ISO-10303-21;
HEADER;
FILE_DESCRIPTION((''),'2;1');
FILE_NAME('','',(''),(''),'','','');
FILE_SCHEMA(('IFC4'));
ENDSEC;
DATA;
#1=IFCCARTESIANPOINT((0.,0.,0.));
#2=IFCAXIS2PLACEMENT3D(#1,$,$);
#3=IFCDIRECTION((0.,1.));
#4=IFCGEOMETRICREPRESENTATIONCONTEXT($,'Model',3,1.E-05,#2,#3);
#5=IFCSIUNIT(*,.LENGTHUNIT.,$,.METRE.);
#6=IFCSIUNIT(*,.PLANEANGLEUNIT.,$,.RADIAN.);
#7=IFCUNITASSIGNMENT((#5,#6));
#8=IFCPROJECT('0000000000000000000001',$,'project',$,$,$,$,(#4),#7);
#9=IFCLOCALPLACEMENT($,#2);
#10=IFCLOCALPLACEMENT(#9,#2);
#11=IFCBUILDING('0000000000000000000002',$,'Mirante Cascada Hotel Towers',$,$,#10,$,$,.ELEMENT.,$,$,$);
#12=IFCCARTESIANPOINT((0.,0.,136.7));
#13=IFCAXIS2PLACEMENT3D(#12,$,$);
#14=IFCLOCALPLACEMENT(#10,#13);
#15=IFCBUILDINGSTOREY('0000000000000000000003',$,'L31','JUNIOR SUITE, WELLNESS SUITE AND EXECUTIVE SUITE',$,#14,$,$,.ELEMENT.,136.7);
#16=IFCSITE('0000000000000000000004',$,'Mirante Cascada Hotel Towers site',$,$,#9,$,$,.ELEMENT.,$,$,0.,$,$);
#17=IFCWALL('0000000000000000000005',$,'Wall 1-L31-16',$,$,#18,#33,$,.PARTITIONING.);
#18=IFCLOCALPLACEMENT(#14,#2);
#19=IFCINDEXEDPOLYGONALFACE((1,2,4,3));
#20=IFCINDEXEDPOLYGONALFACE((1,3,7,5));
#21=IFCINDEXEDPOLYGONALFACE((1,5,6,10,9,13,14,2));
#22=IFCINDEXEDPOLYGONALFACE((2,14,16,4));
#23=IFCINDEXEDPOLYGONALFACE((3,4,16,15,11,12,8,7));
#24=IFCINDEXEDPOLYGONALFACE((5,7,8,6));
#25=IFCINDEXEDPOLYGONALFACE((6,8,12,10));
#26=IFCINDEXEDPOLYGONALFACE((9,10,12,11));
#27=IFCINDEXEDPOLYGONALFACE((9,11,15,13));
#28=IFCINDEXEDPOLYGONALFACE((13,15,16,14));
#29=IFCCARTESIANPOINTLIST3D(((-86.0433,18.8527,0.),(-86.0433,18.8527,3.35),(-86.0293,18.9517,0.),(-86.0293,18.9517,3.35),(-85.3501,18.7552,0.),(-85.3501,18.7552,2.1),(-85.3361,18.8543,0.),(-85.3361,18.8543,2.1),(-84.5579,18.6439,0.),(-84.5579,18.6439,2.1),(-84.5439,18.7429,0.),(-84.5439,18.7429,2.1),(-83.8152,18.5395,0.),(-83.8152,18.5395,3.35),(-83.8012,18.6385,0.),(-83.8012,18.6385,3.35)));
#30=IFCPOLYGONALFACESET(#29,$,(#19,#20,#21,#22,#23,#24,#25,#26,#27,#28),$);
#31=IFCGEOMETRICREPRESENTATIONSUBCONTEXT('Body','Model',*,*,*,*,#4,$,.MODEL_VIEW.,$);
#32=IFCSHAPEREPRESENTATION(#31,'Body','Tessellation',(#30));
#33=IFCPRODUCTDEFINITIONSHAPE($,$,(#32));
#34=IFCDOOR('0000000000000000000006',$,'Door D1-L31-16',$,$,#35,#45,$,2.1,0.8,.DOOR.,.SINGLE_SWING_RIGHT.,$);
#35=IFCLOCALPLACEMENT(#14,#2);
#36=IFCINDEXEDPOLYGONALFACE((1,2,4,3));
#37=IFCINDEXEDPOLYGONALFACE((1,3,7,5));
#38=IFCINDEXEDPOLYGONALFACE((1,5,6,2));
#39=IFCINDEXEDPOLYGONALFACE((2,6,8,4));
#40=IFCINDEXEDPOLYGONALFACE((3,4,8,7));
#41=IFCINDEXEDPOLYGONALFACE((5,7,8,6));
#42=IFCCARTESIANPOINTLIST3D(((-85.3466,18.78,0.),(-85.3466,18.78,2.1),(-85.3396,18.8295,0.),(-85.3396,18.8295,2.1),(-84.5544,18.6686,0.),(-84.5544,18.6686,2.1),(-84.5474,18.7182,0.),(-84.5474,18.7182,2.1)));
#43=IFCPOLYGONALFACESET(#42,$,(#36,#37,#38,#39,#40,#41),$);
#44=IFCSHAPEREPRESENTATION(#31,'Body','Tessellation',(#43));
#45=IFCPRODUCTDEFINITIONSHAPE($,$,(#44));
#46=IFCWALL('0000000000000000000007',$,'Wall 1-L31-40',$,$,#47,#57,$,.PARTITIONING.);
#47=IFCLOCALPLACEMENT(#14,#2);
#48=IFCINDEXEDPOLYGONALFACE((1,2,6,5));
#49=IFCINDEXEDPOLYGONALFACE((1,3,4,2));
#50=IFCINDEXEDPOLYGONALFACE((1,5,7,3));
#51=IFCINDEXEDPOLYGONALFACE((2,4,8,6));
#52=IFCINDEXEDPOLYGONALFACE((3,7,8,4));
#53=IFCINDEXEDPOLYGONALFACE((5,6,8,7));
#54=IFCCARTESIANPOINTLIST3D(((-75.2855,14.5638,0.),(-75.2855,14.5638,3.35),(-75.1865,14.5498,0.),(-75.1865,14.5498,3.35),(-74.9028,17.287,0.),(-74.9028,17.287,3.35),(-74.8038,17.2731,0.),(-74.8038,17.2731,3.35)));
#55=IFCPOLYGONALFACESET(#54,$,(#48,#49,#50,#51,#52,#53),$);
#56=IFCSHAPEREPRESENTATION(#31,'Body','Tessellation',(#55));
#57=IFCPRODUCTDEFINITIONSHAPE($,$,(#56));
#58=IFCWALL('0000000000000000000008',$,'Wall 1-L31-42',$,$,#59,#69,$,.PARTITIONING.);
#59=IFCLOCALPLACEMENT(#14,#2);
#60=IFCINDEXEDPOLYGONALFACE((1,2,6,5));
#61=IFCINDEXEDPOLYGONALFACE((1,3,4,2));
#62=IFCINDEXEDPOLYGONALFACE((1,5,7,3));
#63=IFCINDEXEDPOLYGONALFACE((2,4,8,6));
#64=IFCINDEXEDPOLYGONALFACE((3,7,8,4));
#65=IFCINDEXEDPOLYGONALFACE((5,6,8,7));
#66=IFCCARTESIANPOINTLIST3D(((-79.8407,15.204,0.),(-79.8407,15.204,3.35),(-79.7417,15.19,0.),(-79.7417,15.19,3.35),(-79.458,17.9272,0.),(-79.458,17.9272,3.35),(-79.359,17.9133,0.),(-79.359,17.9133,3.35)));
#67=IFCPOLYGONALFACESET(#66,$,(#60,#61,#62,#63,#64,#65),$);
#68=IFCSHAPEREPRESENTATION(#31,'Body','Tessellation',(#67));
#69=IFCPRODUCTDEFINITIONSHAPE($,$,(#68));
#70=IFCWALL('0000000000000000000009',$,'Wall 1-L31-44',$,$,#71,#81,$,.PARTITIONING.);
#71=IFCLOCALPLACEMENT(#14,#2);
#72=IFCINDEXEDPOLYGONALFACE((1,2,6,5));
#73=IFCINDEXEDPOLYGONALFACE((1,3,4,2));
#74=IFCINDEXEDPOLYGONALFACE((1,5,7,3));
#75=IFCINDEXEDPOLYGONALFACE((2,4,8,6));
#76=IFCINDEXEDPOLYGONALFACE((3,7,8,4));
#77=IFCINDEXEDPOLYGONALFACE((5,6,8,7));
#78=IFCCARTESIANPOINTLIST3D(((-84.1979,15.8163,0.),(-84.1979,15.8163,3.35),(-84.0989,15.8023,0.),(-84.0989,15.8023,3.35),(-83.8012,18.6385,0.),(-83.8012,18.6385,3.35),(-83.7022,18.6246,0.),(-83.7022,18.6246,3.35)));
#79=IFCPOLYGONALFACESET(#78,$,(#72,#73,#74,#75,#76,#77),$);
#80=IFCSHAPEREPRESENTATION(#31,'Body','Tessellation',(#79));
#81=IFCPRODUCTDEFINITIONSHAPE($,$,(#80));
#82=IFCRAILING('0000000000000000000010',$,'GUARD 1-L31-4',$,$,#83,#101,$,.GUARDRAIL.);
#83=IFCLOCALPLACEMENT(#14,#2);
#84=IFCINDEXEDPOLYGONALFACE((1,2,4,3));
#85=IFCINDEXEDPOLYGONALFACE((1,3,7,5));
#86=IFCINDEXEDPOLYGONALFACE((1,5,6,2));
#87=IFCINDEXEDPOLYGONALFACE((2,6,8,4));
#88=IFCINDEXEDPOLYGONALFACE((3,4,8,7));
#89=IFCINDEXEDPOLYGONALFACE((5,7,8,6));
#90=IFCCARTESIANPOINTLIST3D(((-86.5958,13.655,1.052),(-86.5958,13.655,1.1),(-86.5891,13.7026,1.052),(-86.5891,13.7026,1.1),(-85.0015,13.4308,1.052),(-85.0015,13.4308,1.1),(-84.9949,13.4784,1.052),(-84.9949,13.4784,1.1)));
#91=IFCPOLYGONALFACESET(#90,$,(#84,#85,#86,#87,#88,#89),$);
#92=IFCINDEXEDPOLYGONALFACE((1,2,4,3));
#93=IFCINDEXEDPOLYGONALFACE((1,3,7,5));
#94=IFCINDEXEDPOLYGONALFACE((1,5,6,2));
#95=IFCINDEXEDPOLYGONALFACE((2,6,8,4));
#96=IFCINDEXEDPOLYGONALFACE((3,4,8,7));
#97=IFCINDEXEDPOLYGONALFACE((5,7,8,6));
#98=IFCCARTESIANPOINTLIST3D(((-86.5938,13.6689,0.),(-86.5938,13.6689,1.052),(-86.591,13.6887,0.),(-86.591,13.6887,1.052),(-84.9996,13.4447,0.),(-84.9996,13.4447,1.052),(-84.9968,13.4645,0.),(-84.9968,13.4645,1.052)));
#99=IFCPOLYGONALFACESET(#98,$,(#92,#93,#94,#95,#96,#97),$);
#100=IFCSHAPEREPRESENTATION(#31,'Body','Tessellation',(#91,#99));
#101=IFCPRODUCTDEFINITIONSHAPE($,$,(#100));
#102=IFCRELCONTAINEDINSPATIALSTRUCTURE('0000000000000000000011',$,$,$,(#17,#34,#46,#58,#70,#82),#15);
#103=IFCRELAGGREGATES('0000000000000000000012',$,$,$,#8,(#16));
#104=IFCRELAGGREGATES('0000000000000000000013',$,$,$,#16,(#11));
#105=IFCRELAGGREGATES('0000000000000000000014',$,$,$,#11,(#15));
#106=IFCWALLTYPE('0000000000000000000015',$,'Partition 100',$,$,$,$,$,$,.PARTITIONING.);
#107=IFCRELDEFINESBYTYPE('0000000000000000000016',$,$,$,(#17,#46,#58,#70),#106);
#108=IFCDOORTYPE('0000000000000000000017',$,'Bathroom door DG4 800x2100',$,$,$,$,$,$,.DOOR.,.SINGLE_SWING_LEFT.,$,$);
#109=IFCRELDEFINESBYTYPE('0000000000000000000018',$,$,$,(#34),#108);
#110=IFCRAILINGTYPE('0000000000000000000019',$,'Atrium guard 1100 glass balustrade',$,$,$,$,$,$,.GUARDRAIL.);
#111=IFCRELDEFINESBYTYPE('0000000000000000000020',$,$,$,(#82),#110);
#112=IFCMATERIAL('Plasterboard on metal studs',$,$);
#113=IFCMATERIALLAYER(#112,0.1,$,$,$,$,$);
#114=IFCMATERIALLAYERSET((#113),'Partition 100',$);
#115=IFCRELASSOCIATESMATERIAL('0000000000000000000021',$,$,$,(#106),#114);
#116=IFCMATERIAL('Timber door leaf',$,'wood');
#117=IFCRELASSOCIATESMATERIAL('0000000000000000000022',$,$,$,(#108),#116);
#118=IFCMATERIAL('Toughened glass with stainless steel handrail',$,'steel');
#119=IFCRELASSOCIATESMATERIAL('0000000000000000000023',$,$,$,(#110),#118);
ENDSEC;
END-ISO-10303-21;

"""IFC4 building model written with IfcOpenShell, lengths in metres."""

from ifc_helpers import new_model, si_unit, direction, frame, frame_2d, origin, origin_2d, place, context, subcontext, project, spatial, rectangle, extrude, material, layer, layer_set, type_object, element, fill, save


model = new_model("IFC4")

# Units and contexts
model_context = context("Model", 3, precision=1e-05, world=origin(), true_north=direction((0.0, 1.0)))
body_context = subcontext(model_context, "Body", "Model", "MODEL_VIEW")
ifc_project = project(units=[si_unit("LENGTHUNIT", "METRE"), si_unit("PLANEANGLEUNIT", "RADIAN")], contexts=[model_context])

# Site, building, storey
site_placement = place(None, origin())
site = spatial("IfcSite", under=ifc_project, at=site_placement, Name="Mirante Cascada Hotel Towers site", CompositionType="ELEMENT", RefElevation=0.0)
building_placement = place(site_placement, origin())
building = spatial("IfcBuilding", under=site, at=building_placement, Name="Mirante Cascada Hotel Towers", CompositionType="ELEMENT")
storey_placement = place(building_placement, frame((0.0, 0.0, 136.7)))
storey = spatial("IfcBuildingStorey", under=building, at=storey_placement, Name="L31", Description="JUNIOR SUITE, WELLNESS SUITE AND EXECUTIVE SUITE", CompositionType="ELEMENT", Elevation=136.7)

# Shared definitions
ifc_material_1 = material(Name="Plasterboard on metal studs")
ifc_layer_1 = layer(ifc_material_1, 0.1)
ifc_layer_set_1 = layer_set([ifc_layer_1], Name="Partition 100")
wall_type_1 = type_object("IfcWallType", Name="Partition 100", PredefinedType="PARTITIONING", material=ifc_layer_set_1)
ifc_material_2 = material(Name="Timber door leaf", Category="wood")
door_type = type_object("IfcDoorType", Name="Bathroom door DG4 800x2100", OperationType="SINGLE_SWING_LEFT", PredefinedType="DOOR", material=ifc_material_2)

# Wall, opening, door
wall_1_placement = place(storey_placement, frame((-83.8082, 18.589, 0.0), z_axis=(0.0, 0.0, 1.0), x_axis=(-0.990264, 0.1392, 0.0)))
wall_1 = element("IfcWall", 1, at=wall_1_placement, inside=storey, type_object=wall_type_1, Name="Wall 1-L31-16", PredefinedType="PARTITIONING", context=body_context, shape_type="SweptSolid", body=[
    extrude(rectangle(XDim=2.25, YDim=0.1, at=frame_2d((1.125, 0.0))), origin(), (0.0, 0.0, 1.0), 3.35),
])
opening_1_placement = place(wall_1_placement, frame((0.75, 0.0, 0.0)))
opening_1 = element("IfcOpeningElement", 2, at=opening_1_placement, cuts=wall_1, PredefinedType="OPENING", context=body_context, shape_type="SweptSolid", body=[
    extrude(rectangle(XDim=0.8, YDim=2.1, at=frame_2d((0.4, 1.05))), frame((0.0, 0.05, 0.0), z_axis=(0.0, -1.0, 0.0), x_axis=(1.0, 0.0, 0.0)), (0.0, 0.0, 1.0), 0.1),
])
door_1_placement = place(opening_1_placement, frame((0.8, 0.0, 0.0), z_axis=(0.0, 0.0, 1.0), x_axis=(-1.0, 0.0, 0.0)))
door_1 = element("IfcDoor", 3, at=door_1_placement, inside=storey, type_object=door_type, Name="Door D1-L31-16", OperationType="SINGLE_SWING_RIGHT", OverallHeight=2.1, OverallWidth=0.8, PredefinedType="DOOR", context=body_context, shape_type="SweptSolid", body=[
    extrude(rectangle(XDim=0.8, YDim=2.1, at=frame_2d((0.4, 1.05))), frame((0.0, 0.025, 0.0), z_axis=(0.0, -1.0, 0.0), x_axis=(1.0, 0.0, 0.0)), (0.0, 0.0, 1.0), 0.05),
])
fill(opening_1, door_1)

# Walls
for number, where, z_axis, x_axis, name in (
    (4, (-75.236, 14.5568, 0.0), (0.0, 0.0, 1.0), (0.139166, 0.990269, 0.0), "Wall 1-L31-40"),
    (5, (-79.7912, 15.197, 0.0), (0.0, 0.0, 1.0), (0.139166, 0.990269, 0.0), "Wall 1-L31-42"),
):
    element("IfcWall", number, at=place(storey_placement, frame(where, z_axis=z_axis, x_axis=x_axis)), inside=storey, type_object=wall_type_1, Name=name, PredefinedType="PARTITIONING", context=body_context, shape_type="SweptSolid", body=[
        extrude(rectangle(XDim=2.75, YDim=0.1, at=frame_2d((1.375, 0.0))), origin(), (0.0, 0.0, 1.0), 3.35),
    ])
wall_2_placement = place(storey_placement, frame((-84.1484, 15.8093, 0.0), z_axis=(0.0, 0.0, 1.0), x_axis=(0.139191, 0.990266, 0.0)))
element("IfcWall", 6, at=wall_2_placement, inside=storey, type_object=wall_type_1, Name="Wall 1-L31-44", PredefinedType="PARTITIONING", context=body_context, shape_type="SweptSolid", body=[
    extrude(rectangle(XDim=2.85, YDim=0.1, at=frame_2d((1.425, 0.0))), origin(), (0.0, 0.0, 1.0), 3.35),
])

# Railing
ifc_material_3 = material(Name="Toughened glass with stainless steel handrail", Category="steel")
railing_type = type_object("IfcRailingType", Name="Atrium guard 1100 glass balustrade", PredefinedType="GUARDRAIL", material=ifc_material_3)
railing_placement = place(storey_placement, frame((-84.9982, 13.4546, 0.0)))
element("IfcRailing", 7, at=railing_placement, inside=storey, type_object=railing_type, Name="GUARD 1-L31-4", PredefinedType="GUARDRAIL", context=body_context, shape_type="SweptSolid", body=[
    extrude(rectangle(XDim=0.048, YDim=0.048, at=origin_2d()), frame((0.0, 0.0, 1.076), z_axis=(-0.990255, 0.139264, 0.0), x_axis=(-0.139264, -0.990255, 0.0)), (0.0, 0.0, 1.0), 1.6099),
    extrude(rectangle(XDim=0.02, YDim=1.052, at=origin_2d()), frame((0.0, 0.0, 0.526), z_axis=(-0.990255, 0.139264, 0.0), x_axis=(-0.139264, -0.990255, 0.0)), (0.0, 0.0, 1.0), 1.6099),
])

save(model, "model.ifc")
